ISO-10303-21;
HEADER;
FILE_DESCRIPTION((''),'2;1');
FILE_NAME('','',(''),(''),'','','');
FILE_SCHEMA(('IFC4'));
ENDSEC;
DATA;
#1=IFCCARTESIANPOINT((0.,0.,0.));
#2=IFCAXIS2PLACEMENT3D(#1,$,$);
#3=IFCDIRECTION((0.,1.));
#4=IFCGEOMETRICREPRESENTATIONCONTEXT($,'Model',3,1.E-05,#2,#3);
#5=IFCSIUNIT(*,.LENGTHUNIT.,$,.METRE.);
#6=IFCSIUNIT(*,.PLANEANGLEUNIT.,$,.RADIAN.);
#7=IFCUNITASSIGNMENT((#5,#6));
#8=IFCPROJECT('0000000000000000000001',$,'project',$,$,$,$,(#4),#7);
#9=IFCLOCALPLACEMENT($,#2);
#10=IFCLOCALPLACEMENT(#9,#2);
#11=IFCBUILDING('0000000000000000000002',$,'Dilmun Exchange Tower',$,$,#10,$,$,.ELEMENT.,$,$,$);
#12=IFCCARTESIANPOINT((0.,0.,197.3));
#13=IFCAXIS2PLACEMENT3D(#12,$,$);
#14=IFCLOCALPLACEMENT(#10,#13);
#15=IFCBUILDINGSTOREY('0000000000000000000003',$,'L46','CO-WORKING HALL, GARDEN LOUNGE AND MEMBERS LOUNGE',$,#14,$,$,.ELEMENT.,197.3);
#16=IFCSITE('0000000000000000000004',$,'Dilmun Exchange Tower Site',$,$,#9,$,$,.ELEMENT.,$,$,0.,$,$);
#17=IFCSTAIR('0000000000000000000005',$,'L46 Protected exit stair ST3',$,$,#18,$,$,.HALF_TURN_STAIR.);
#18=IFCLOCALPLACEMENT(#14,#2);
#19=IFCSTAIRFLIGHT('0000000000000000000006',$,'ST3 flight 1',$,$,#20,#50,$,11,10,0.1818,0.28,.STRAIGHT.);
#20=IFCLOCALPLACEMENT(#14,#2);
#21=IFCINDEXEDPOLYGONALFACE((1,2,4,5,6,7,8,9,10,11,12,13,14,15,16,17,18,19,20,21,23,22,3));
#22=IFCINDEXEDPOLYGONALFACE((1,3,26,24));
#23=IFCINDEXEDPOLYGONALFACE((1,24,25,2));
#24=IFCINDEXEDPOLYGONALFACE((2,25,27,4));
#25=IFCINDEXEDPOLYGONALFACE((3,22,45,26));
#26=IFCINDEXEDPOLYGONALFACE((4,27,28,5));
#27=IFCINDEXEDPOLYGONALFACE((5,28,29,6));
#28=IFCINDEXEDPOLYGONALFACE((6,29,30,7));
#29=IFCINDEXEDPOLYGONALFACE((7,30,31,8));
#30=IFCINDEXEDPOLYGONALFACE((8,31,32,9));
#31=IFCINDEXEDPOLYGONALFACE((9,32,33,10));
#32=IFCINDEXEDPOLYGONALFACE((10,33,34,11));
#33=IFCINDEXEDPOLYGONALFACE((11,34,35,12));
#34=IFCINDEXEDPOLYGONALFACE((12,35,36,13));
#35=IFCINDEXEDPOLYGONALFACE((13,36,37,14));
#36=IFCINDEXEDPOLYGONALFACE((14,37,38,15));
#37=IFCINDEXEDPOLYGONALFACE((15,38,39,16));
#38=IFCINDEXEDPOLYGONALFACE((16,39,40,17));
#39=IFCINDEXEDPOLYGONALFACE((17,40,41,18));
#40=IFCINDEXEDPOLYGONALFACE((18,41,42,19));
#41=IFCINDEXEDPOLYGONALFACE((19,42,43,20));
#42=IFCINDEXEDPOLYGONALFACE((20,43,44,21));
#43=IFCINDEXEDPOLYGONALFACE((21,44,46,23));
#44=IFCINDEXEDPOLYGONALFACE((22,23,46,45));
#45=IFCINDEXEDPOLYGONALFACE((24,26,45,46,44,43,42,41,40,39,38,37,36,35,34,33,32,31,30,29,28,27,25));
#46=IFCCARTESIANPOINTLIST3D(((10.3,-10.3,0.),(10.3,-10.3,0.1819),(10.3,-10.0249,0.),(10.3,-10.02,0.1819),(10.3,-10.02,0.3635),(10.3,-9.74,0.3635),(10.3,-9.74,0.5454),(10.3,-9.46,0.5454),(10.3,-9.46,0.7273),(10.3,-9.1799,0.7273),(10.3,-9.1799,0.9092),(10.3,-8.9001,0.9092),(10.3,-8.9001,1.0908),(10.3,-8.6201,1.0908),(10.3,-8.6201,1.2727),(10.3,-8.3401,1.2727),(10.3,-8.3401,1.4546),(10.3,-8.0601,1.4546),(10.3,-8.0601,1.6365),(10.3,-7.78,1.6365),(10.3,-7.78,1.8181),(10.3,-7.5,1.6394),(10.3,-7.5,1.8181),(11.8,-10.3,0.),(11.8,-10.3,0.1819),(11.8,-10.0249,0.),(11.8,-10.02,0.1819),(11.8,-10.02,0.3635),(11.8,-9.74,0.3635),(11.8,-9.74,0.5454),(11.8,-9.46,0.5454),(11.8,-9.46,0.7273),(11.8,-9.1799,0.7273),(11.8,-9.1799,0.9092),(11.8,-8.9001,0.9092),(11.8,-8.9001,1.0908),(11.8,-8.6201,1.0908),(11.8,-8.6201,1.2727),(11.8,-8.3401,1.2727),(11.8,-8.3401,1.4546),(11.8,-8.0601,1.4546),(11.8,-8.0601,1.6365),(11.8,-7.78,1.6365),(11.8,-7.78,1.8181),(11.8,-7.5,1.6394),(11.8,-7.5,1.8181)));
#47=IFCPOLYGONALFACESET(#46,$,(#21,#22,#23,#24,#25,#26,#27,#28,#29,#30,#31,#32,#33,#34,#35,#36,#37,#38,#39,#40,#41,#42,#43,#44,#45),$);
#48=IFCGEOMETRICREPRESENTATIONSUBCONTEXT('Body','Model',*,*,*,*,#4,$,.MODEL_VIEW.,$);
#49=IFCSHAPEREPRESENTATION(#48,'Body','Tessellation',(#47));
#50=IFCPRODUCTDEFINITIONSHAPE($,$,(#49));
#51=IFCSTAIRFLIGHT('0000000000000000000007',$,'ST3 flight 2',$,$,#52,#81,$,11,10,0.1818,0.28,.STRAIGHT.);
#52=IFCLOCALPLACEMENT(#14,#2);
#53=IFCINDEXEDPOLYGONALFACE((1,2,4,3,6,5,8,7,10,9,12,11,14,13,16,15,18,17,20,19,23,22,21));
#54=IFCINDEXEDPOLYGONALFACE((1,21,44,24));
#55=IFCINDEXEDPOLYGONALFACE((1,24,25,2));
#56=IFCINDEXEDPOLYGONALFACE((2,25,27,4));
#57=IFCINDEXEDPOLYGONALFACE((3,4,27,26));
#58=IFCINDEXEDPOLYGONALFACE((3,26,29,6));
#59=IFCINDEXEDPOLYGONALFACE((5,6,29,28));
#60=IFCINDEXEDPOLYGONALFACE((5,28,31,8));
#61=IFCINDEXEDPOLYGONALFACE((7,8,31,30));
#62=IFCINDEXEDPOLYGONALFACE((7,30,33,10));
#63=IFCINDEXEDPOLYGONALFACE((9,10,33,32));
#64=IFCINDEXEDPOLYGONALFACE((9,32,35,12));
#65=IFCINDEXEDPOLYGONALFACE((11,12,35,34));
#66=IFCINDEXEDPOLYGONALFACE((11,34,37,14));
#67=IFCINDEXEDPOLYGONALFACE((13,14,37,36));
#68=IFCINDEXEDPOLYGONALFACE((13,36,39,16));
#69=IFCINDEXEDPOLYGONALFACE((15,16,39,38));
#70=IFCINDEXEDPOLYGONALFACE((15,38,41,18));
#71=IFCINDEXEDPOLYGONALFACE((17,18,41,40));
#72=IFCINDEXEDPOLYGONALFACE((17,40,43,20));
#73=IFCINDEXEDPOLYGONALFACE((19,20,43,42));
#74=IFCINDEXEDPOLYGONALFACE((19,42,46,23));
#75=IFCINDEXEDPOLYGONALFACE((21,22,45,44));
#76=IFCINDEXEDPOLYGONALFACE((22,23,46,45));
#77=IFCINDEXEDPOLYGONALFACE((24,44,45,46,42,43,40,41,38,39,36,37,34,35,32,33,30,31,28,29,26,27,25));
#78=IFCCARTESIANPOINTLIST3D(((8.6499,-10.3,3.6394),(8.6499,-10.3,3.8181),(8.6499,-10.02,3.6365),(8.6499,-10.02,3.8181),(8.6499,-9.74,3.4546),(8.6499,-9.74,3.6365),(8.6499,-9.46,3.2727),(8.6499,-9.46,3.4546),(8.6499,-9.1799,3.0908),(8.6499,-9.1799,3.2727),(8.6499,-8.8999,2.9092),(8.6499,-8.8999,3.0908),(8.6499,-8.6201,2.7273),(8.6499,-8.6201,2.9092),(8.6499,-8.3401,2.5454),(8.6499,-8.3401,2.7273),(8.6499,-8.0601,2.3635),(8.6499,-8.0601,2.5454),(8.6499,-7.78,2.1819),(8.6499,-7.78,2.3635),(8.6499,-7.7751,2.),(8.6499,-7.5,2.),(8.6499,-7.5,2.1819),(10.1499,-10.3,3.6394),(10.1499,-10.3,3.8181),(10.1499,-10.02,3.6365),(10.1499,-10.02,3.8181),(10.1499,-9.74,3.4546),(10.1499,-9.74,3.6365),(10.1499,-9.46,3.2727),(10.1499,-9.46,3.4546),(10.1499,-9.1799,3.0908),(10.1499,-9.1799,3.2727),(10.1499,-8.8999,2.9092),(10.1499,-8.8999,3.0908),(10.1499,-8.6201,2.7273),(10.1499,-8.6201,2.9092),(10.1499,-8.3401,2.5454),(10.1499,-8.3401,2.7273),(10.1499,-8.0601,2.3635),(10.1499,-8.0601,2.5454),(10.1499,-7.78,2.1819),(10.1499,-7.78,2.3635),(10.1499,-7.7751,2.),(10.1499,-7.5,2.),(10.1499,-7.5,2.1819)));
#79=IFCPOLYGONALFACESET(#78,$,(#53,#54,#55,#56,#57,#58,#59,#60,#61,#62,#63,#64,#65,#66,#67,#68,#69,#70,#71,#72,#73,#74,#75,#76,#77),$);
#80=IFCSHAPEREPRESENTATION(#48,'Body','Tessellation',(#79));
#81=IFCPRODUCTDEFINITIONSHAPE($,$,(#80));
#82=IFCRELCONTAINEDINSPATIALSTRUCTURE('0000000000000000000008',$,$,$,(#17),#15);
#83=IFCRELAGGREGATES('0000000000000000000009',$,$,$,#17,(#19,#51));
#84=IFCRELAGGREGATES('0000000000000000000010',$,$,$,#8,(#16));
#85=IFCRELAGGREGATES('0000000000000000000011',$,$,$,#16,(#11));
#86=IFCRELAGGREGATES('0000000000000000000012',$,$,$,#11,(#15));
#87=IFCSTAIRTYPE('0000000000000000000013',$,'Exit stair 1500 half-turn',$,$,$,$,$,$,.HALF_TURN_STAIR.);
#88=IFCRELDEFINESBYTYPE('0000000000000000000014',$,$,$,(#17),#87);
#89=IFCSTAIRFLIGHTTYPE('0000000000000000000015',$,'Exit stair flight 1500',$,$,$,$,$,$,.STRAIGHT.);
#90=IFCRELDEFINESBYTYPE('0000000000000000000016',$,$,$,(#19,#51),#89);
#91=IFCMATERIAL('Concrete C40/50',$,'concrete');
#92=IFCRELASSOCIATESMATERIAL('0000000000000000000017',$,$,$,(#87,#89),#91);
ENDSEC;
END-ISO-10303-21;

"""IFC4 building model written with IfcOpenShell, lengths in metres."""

from ifc_helpers import new_model, si_unit, direction, frame, origin, place, context, subcontext, project, spatial, polyline, outline, extrude, material, type_object, element, aggregate, save


model = new_model("IFC4")

# Units and contexts
model_context = context("Model", 3, precision=1e-05, world=origin(), true_north=direction((0.0, 1.0)))
body_context = subcontext(model_context, "Body", "Model", "MODEL_VIEW")
ifc_project = project(units=[si_unit("LENGTHUNIT", "METRE"), si_unit("PLANEANGLEUNIT", "RADIAN")], contexts=[model_context])

# Site, building, storey
site_placement = place(None, origin())
site = spatial("IfcSite", under=ifc_project, at=site_placement, Name="Dilmun Exchange Tower Site", CompositionType="ELEMENT", RefElevation=0.0)
building_placement = place(site_placement, origin())
building = spatial("IfcBuilding", under=site, at=building_placement, Name="Dilmun Exchange Tower", CompositionType="ELEMENT")
storey_placement = place(building_placement, frame((0.0, 0.0, 197.3)))
storey = spatial("IfcBuildingStorey", under=building, at=storey_placement, Name="L46", Description="CO-WORKING HALL, GARDEN LOUNGE AND MEMBERS LOUNGE", CompositionType="ELEMENT", Elevation=197.3)

# Shared definitions
ifc_material_1 = material(Name="Concrete C40/50", Category="concrete")

# Stair, stair flights
stair_type = type_object("IfcStairType", Name="Exit stair 1500 half-turn", PredefinedType="HALF_TURN_STAIR", material=ifc_material_1)
stair_placement = place(storey_placement, origin())
stair = element("IfcStair", 1, at=stair_placement, inside=storey, type_object=stair_type, Name="L46 Protected exit stair ST3", PredefinedType="HALF_TURN_STAIR")
stair_flight_type = type_object("IfcStairFlightType", Name="Exit stair flight 1500", PredefinedType="STRAIGHT", material=ifc_material_1)
stair_flight_1_placement = place(storey_placement, frame((11.05, -10.3, 0.0), z_axis=(0.0, 0.0, 1.0), x_axis=(0.0, 1.0, 0.0)))
stair_flight_1 = element("IfcStairFlight", 2, at=stair_flight_1_placement, type_object=stair_flight_type, Name="ST3 flight 1", NumberOfRisers=11, NumberOfTreads=10, PredefinedType="STRAIGHT", RiserHeight=0.1818, TreadLength=0.28, context=body_context, shape_type="SweptSolid", body=[
    extrude(outline(polyline([(0.0, 0.0), (0.0, 0.1819), (0.28, 0.1819), (0.28, 0.3635), (0.5601, 0.3635), (0.5601, 0.5454), (0.8401, 0.5454), (0.8401, 0.7273), (1.1201, 0.7273), (1.1201, 0.9092), (1.3999, 0.9092), (1.3999, 1.0908), (1.6799, 1.0908), (1.6799, 1.2727), (1.96, 1.2727), (1.96, 1.4546), (2.24, 1.4546), (2.24, 1.6365), (2.52, 1.6365), (2.52, 1.8181), (2.8, 1.8181), (2.8, 2.0), (2.8, 1.6394), (0.2751, 0.0), (0.0, 0.0)])), frame((0.0, 0.75, 0.0), z_axis=(0.0, -1.0, 0.0), x_axis=(1.0, 0.0, 0.0)), (0.0, 0.0, 1.0), 1.5),
])
stair_flight_2_placement = place(storey_placement, frame((9.3999, -7.5, 2.0), z_axis=(0.0, 0.0, 1.0), x_axis=(0.0, -1.0, 0.0)))
stair_flight_2 = element("IfcStairFlight", 3, at=stair_flight_2_placement, type_object=stair_flight_type, Name="ST3 flight 2", NumberOfRisers=11, NumberOfTreads=10, PredefinedType="STRAIGHT", RiserHeight=0.1818, TreadLength=0.28, context=body_context, shape_type="SweptSolid", body=[
    extrude(outline(polyline([(0.0, 0.0), (0.0, 0.1819), (0.28, 0.1819), (0.28, 0.3635), (0.5601, 0.3635), (0.5601, 0.5454), (0.8401, 0.5454), (0.8401, 0.7273), (1.1201, 0.7273), (1.1201, 0.9092), (1.3999, 0.9092), (1.3999, 1.0908), (1.6799, 1.0908), (1.6799, 1.2727), (1.96, 1.2727), (1.96, 1.4546), (2.24, 1.4546), (2.24, 1.6365), (2.52, 1.6365), (2.52, 1.8181), (2.8, 1.8181), (2.8, 2.0), (2.8, 1.6394), (0.2751, 0.0), (0.0, 0.0)])), frame((0.0, 0.75, 0.0), z_axis=(0.0, -1.0, 0.0), x_axis=(1.0, 0.0, 0.0)), (0.0, 0.0, 1.0), 1.5),
])
aggregate(stair, [stair_flight_1, stair_flight_2])

save(model, "model.ifc")
